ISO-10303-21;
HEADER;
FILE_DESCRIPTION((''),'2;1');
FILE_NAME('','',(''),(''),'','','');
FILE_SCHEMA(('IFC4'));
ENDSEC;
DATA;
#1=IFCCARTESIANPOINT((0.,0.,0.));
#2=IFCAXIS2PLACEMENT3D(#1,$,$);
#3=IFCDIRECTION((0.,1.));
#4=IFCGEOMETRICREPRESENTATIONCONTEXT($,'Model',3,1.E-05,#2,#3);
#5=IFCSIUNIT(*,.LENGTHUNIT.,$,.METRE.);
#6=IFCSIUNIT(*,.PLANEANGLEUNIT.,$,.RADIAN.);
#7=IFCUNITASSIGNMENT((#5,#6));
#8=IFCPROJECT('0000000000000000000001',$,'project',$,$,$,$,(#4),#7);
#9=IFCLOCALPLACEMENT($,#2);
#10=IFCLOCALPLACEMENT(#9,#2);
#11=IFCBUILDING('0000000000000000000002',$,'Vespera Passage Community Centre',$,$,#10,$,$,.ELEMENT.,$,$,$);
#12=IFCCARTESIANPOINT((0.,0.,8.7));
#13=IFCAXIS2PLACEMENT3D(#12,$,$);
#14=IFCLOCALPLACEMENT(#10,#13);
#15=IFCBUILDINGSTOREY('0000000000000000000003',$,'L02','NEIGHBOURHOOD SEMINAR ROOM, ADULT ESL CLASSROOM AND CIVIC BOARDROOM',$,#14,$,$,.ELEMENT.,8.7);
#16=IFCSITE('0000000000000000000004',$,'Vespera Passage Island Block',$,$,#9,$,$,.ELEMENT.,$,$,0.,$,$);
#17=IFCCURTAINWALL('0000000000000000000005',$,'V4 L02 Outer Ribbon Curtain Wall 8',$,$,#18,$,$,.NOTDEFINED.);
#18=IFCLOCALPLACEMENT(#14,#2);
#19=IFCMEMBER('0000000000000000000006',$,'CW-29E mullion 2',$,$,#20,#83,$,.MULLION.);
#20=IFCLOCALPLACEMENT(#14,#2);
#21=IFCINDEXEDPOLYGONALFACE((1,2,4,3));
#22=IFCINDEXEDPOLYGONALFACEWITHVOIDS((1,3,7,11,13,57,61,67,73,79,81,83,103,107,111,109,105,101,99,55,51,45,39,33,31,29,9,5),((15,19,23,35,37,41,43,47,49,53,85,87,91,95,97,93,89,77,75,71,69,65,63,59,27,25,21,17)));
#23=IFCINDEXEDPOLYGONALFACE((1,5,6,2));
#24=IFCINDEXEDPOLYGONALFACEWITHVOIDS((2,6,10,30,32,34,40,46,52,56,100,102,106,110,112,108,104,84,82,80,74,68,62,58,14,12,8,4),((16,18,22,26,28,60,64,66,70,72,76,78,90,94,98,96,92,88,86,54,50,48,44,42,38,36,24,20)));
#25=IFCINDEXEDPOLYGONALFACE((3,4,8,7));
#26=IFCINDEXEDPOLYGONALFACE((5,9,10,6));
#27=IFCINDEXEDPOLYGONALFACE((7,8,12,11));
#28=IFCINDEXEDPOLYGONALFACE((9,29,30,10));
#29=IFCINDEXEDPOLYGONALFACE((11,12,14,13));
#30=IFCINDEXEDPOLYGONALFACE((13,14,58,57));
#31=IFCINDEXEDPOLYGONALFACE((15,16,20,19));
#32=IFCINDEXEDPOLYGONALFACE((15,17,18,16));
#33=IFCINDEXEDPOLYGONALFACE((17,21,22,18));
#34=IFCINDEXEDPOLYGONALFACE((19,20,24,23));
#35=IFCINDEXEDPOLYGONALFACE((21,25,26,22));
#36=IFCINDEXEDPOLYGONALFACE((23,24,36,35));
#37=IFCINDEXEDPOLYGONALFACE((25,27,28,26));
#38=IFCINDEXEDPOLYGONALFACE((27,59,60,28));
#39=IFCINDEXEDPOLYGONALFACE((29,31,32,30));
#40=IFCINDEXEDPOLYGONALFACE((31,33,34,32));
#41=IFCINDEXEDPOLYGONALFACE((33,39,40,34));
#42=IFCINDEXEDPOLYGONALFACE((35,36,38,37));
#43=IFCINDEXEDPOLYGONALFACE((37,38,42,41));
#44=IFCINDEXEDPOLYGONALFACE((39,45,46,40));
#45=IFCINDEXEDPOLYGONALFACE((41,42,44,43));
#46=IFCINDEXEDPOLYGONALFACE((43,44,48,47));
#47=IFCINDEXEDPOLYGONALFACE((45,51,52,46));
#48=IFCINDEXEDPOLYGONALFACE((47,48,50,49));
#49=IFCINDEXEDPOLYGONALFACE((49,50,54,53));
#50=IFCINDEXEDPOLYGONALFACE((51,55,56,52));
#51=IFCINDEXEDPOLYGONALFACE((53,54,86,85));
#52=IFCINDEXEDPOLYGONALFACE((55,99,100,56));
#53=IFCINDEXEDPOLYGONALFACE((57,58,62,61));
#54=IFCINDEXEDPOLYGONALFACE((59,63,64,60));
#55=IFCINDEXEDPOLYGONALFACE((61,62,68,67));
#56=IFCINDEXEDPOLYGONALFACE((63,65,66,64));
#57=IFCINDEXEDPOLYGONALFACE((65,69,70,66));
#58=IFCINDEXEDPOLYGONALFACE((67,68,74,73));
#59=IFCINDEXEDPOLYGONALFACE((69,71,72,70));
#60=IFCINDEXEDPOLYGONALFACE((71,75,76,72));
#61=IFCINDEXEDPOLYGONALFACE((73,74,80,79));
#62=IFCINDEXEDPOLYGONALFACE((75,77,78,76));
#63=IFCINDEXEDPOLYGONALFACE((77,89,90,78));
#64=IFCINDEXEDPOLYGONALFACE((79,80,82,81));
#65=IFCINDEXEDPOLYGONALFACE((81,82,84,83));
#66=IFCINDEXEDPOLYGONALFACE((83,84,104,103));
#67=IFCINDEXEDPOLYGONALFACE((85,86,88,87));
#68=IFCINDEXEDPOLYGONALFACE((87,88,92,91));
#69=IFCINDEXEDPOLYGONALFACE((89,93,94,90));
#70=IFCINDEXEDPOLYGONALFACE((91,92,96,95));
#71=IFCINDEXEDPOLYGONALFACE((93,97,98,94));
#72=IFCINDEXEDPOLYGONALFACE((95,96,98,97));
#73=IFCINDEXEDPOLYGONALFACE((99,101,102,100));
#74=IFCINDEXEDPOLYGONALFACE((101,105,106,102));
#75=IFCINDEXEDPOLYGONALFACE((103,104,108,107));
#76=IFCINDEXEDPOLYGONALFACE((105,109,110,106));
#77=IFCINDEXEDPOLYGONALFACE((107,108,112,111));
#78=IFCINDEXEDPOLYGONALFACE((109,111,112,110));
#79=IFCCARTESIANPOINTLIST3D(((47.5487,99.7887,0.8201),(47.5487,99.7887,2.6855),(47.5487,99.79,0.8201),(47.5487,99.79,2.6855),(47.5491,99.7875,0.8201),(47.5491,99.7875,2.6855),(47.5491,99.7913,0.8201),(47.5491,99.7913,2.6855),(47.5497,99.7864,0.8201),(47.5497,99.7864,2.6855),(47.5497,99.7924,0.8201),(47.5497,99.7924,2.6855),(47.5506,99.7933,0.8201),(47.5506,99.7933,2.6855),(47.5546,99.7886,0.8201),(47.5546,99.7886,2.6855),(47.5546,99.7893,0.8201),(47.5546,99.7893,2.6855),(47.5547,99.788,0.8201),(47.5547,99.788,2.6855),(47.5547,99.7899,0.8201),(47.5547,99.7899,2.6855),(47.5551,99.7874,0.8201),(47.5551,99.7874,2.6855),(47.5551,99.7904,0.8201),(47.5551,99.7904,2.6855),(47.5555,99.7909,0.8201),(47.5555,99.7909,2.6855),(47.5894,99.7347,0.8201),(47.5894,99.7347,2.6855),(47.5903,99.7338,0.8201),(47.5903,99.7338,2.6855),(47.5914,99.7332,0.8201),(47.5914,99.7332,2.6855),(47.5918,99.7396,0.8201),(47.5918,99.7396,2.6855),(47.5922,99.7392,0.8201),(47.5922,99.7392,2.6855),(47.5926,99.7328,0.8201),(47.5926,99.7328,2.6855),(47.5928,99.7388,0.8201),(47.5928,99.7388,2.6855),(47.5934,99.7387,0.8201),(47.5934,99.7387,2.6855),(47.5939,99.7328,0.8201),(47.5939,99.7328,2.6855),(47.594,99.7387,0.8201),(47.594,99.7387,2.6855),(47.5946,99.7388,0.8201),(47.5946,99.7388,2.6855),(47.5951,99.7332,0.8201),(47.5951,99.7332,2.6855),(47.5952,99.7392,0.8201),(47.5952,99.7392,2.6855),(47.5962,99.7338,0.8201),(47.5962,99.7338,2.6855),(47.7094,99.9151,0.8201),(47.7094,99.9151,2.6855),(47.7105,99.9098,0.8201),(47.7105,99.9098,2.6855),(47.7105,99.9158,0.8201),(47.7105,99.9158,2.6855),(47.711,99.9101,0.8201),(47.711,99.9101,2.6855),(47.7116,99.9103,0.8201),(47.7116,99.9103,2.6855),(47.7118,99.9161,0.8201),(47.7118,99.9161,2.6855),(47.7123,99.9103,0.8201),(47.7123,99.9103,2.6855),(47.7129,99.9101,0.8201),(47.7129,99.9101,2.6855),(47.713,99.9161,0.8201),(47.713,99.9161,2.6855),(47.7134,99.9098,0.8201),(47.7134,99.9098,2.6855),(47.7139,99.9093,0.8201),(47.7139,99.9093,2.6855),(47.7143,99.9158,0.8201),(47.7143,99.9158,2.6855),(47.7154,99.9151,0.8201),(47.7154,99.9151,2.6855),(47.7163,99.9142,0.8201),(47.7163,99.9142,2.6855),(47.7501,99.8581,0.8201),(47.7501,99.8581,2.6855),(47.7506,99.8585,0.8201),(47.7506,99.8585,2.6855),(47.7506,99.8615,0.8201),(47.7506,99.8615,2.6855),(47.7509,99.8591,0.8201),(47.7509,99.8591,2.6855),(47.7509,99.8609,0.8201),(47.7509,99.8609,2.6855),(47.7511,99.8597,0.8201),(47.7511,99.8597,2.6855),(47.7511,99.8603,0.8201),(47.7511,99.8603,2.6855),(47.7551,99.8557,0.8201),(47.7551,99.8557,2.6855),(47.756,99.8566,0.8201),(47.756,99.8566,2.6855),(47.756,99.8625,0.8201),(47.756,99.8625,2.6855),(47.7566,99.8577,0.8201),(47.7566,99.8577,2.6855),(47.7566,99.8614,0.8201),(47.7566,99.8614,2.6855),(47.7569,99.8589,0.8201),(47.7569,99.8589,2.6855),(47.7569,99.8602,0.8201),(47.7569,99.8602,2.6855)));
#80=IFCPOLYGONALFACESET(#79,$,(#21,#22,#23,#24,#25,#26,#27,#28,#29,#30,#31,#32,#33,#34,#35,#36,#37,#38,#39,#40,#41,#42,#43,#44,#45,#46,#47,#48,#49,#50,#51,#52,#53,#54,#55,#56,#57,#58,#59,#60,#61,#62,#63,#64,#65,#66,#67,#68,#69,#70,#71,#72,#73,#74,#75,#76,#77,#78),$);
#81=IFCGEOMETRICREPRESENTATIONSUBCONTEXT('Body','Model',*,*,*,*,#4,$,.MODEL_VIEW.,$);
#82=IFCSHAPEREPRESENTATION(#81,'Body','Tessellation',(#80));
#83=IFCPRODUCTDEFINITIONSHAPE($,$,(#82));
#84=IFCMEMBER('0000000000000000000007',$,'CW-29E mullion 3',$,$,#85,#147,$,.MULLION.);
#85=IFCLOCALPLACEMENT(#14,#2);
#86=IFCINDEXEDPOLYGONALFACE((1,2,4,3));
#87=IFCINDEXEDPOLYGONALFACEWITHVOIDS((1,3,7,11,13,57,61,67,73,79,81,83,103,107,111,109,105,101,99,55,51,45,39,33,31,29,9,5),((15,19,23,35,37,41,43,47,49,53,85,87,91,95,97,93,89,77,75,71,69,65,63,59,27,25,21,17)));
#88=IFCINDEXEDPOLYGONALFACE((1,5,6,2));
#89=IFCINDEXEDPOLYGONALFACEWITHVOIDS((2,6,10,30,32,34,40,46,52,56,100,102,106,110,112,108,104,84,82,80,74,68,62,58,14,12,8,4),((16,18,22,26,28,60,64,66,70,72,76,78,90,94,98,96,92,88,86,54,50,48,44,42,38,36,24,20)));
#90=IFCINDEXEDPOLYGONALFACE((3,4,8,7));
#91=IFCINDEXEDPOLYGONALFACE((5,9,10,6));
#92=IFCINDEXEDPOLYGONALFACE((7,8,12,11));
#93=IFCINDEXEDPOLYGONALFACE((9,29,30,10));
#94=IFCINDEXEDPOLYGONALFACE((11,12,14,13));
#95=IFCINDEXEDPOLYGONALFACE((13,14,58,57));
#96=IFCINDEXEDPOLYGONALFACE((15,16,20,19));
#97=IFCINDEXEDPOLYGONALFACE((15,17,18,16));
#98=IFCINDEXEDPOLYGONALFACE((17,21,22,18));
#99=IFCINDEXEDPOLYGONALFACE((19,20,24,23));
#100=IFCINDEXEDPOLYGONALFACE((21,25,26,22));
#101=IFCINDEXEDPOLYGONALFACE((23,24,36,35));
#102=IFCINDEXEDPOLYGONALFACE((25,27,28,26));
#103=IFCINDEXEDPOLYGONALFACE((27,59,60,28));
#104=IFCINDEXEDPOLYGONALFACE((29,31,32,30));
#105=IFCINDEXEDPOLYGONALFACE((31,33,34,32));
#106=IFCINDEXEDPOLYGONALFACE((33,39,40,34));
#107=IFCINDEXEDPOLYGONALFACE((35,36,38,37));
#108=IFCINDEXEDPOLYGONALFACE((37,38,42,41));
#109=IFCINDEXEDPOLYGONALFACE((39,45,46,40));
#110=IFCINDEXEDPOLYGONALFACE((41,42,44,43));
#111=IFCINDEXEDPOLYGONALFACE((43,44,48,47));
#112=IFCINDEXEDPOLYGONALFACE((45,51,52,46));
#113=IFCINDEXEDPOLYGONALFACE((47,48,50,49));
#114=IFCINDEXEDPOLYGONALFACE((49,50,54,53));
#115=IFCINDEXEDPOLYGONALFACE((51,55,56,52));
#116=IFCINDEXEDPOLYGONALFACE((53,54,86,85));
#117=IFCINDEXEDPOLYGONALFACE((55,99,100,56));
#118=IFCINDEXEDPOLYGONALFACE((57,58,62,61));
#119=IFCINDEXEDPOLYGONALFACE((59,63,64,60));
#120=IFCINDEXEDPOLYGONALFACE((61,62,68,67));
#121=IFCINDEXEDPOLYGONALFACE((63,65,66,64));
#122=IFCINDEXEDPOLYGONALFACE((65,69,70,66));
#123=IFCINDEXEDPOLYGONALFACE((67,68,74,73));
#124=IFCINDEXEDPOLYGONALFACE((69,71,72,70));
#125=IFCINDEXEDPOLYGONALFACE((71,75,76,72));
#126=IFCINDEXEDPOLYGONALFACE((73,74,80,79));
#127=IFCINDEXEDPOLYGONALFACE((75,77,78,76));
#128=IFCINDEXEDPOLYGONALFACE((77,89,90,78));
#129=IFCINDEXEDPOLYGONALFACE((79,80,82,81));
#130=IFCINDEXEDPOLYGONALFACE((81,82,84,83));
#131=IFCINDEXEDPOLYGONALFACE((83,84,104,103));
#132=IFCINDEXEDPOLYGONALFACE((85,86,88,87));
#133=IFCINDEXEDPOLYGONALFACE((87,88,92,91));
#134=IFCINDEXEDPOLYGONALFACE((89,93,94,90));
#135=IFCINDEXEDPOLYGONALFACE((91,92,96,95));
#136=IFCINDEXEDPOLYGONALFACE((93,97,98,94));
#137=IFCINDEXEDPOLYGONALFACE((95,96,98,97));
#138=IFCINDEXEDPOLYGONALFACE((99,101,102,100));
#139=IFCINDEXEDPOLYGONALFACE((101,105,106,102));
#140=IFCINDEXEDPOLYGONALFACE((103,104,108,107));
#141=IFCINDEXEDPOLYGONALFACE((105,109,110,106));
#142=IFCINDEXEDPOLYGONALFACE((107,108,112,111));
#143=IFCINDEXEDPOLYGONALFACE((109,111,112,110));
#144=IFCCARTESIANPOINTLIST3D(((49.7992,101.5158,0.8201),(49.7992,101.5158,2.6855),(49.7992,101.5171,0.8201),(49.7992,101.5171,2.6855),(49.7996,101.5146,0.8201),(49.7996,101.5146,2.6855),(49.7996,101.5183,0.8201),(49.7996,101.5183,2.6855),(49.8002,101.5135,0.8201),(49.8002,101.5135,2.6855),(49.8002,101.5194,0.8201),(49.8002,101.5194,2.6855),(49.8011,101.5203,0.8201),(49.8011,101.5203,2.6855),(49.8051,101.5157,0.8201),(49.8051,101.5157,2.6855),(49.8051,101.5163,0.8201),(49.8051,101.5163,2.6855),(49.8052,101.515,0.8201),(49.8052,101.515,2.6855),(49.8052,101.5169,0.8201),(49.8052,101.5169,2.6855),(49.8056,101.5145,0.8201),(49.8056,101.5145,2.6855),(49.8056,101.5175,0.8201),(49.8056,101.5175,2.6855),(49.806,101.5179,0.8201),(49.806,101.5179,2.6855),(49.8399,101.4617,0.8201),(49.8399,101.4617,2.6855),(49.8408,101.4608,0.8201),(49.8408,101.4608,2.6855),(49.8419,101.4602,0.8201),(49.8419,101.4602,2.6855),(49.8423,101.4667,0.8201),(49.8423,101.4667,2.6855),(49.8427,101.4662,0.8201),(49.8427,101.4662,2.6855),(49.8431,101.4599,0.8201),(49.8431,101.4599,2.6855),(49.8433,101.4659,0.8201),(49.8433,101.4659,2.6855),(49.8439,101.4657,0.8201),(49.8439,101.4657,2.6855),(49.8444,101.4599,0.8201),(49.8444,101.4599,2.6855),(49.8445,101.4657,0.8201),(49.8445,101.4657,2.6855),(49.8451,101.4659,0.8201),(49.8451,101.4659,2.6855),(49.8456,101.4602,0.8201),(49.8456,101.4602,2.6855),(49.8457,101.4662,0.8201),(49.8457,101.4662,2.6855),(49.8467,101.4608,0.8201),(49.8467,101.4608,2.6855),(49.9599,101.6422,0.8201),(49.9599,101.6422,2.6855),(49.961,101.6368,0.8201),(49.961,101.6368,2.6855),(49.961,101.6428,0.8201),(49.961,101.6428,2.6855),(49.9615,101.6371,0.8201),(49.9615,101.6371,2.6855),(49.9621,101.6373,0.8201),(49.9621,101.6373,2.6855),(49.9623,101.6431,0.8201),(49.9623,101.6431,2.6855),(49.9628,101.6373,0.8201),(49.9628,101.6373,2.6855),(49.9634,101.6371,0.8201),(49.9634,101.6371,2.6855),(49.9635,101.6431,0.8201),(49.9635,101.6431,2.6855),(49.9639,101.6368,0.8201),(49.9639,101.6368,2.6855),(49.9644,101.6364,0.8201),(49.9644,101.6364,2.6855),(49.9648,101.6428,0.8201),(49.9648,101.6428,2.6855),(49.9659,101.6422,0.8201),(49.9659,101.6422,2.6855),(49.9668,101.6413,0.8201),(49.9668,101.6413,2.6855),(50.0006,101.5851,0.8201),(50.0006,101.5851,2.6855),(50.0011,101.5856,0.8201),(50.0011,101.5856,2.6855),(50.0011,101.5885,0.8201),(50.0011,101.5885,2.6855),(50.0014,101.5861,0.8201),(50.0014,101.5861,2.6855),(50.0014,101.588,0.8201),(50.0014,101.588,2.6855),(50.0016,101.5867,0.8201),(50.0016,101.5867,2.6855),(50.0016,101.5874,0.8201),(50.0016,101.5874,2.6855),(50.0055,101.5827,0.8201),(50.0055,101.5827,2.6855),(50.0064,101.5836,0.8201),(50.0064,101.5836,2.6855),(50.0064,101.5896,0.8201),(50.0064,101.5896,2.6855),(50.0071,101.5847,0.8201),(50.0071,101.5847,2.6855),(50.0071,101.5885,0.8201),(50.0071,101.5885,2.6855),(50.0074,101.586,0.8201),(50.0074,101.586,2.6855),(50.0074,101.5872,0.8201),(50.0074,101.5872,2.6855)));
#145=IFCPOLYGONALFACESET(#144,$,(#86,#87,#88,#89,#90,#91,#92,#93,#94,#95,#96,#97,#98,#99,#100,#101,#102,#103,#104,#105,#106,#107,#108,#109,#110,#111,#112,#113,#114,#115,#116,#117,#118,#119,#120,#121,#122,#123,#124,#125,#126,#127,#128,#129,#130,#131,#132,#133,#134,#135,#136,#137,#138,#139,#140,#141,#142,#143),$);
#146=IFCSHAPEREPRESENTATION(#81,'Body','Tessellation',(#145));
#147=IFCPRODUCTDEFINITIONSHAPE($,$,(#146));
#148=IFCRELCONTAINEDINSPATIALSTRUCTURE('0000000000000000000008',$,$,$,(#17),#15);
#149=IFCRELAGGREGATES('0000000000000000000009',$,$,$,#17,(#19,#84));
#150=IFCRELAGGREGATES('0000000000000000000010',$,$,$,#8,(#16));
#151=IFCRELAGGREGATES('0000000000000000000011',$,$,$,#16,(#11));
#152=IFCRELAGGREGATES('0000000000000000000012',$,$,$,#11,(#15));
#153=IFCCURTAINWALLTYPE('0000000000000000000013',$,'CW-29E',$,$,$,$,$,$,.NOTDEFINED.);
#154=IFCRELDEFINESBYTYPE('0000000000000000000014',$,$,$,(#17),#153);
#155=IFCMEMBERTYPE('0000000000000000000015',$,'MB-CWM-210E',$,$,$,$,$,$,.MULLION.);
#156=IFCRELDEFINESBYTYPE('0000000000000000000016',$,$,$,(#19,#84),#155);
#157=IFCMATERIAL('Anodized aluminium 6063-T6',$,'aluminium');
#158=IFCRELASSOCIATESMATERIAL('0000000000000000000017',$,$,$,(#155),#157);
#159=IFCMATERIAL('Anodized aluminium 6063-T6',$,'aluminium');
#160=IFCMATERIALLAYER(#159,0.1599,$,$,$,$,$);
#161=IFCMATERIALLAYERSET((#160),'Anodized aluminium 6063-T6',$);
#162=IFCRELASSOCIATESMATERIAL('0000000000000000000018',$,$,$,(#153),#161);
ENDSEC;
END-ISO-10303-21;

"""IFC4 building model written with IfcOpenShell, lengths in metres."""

from ifc_helpers import new_model, si_unit, direction, frame, origin, origin_2d, place, context, subcontext, project, spatial, hollow_rectangle, extrude, material, layer, layer_set, material_profile, profile_set, type_object, element, aggregate, save


model = new_model("IFC4")

# Units and contexts
model_context = context("Model", 3, precision=1e-05, world=origin(), true_north=direction((0.0, 1.0)))
body_context = subcontext(model_context, "Body", "Model", "MODEL_VIEW")
ifc_project = project(units=[si_unit("LENGTHUNIT", "METRE"), si_unit("PLANEANGLEUNIT", "RADIAN")], contexts=[model_context])

# Site, building, storey
site_placement = place(None, origin())
site = spatial("IfcSite", under=ifc_project, at=site_placement, Name="Vespera Passage Island Block", CompositionType="ELEMENT", RefElevation=0.0)
building_placement = place(site_placement, origin())
building = spatial("IfcBuilding", under=site, at=building_placement, Name="Vespera Passage Community Centre", CompositionType="ELEMENT")
storey_placement = place(building_placement, frame((0.0, 0.0, 8.7)))
storey = spatial("IfcBuildingStorey", under=building, at=storey_placement, Name="L02", Description="NEIGHBOURHOOD SEMINAR ROOM, ADULT ESL CLASSROOM AND CIVIC BOARDROOM", CompositionType="ELEMENT", Elevation=8.7)

# Curtain wall, members
ifc_material_1 = material(Name="Anodized aluminium 6063-T6", Category="aluminium")
ifc_material_profile_1 = material_profile(ifc_material_1, hollow_rectangle(XDim=0.075, YDim=0.21, WallThickness=0.0049, InnerFilletRadius=0.0024, OuterFilletRadius=0.0049, at=origin_2d()), Name="ALU210X75X5")
ifc_profile_set_1 = profile_set([ifc_material_profile_1], Name="Anodized aluminium 6063-T6")
member_type_1 = type_object("IfcMemberType", Name="MB-CWM-210E", PredefinedType="MULLION", material=ifc_profile_set_1)
ifc_material_2 = material(Name="Anodized aluminium 6063-T6", Category="aluminium")
ifc_layer_1 = layer(ifc_material_2, 0.1599)
ifc_layer_set_1 = layer_set([ifc_layer_1], Name="Anodized aluminium 6063-T6")
curtain_wall_type_1 = type_object("IfcCurtainWallType", Name="CW-29E", PredefinedType="NOTDEFINED", material=ifc_layer_set_1)
curtain_wall_1_placement = place(storey_placement, origin())
curtain_wall_1 = element("IfcCurtainWall", 1, at=curtain_wall_1_placement, inside=storey, type_object=curtain_wall_type_1, Name="V4 L02 Outer Ribbon Curtain Wall 8", PredefinedType="NOTDEFINED")
member_1_placement = place(storey_placement, frame((47.6528, 99.8245, 0.8201), z_axis=(0.0, 0.0, 1.0), x_axis=(-0.608768, 0.793348, 0.0)))
member_1 = element("IfcMember", 2, at=member_1_placement, type_object=member_type_1, Name="CW-29E mullion 2", PredefinedType="MULLION", context=body_context, shape_type="SweptSolid", body=[
    extrude(hollow_rectangle(XDim=0.075, YDim=0.21, WallThickness=0.0049, InnerFilletRadius=0.0024, OuterFilletRadius=0.0049, at=origin_2d()), origin(), (0.0, 0.0, 1.0), 1.8655),
])
member_2_placement = place(storey_placement, frame((49.9033, 101.5515, 0.8201), z_axis=(0.0, 0.0, 1.0), x_axis=(-0.608768, 0.793348, 0.0)))
member_2 = element("IfcMember", 3, at=member_2_placement, type_object=member_type_1, Name="CW-29E mullion 3", PredefinedType="MULLION", context=body_context, shape_type="SweptSolid", body=[
    extrude(hollow_rectangle(XDim=0.075, YDim=0.21, WallThickness=0.0049, InnerFilletRadius=0.0024, OuterFilletRadius=0.0049, at=origin_2d()), origin(), (0.0, 0.0, 1.0), 1.8655),
])

aggregate(curtain_wall_1, [member_1, member_2])

save(model, "model.ifc")
